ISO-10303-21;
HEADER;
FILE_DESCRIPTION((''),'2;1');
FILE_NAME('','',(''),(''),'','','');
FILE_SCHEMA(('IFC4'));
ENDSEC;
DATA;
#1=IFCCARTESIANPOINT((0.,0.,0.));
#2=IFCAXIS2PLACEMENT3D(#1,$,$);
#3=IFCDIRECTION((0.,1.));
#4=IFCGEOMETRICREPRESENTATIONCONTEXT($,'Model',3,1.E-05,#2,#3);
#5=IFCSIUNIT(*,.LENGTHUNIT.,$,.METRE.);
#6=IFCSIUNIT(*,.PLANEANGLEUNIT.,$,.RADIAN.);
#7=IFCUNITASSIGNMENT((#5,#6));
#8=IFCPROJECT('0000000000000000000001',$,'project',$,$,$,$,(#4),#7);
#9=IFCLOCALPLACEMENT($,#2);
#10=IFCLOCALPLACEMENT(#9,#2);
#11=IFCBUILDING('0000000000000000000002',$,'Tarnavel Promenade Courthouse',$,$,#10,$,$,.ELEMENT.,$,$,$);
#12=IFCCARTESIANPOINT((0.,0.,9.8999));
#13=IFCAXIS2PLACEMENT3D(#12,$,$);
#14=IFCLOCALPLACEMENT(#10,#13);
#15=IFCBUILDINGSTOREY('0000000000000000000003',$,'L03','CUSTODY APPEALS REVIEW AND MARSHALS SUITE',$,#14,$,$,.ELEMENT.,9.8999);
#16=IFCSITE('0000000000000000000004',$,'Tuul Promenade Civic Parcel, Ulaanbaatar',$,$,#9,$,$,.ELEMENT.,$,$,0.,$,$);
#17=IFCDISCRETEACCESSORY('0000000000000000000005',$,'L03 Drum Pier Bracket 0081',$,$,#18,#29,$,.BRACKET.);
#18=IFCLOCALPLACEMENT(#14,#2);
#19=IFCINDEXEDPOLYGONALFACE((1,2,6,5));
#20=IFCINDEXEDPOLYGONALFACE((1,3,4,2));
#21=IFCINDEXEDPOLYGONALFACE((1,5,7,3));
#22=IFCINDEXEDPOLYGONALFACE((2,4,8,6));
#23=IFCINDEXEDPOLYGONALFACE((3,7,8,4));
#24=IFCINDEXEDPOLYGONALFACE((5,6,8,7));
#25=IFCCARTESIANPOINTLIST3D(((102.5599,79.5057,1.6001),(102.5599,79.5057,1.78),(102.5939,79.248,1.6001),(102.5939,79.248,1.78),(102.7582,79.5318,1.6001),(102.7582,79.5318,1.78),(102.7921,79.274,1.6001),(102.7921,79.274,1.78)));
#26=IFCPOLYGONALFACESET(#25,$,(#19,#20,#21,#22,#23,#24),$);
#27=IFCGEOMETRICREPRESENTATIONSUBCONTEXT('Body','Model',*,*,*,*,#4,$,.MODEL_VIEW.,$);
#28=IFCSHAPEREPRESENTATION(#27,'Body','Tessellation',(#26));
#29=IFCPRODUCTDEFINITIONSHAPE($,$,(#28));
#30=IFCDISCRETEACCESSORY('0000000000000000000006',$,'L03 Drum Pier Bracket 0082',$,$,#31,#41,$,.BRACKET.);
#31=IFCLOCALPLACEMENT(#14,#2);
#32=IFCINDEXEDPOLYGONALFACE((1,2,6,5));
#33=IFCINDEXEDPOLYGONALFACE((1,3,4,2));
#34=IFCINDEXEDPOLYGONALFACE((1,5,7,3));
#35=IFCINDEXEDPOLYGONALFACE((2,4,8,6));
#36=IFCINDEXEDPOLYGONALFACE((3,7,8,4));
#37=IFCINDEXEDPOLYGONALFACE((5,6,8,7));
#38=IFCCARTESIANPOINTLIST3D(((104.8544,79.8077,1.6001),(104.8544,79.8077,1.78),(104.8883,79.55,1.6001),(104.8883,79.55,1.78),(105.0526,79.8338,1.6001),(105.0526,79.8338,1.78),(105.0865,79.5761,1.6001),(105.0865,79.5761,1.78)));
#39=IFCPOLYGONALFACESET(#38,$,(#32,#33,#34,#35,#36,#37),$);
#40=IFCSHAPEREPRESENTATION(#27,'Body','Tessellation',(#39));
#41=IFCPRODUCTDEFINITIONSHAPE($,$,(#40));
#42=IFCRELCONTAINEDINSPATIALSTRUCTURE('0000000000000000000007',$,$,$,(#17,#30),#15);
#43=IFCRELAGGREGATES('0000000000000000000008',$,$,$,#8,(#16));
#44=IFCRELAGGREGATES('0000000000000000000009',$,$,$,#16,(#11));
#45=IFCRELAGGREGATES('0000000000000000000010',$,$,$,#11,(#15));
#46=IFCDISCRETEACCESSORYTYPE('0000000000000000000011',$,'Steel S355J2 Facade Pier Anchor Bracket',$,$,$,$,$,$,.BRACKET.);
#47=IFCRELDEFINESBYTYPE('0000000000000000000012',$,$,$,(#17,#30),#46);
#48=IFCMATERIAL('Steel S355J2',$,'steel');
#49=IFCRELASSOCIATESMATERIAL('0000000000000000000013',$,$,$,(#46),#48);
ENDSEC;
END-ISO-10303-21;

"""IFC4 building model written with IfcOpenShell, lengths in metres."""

from ifc_helpers import new_model, si_unit, direction, frame, origin, origin_2d, place, context, subcontext, project, spatial, rectangle, extrude, material, type_object, element, save


model = new_model("IFC4")

# Units and contexts
model_context = context("Model", 3, precision=1e-05, world=origin(), true_north=direction((0.0, 1.0)))
body_context = subcontext(model_context, "Body", "Model", "MODEL_VIEW")
ifc_project = project(units=[si_unit("LENGTHUNIT", "METRE"), si_unit("PLANEANGLEUNIT", "RADIAN")], contexts=[model_context])

# Site, building, storey
site_placement = place(None, origin())
site = spatial("IfcSite", under=ifc_project, at=site_placement, Name="Tuul Promenade Civic Parcel, Ulaanbaatar", CompositionType="ELEMENT", RefElevation=0.0)
building_placement = place(site_placement, origin())
building = spatial("IfcBuilding", under=site, at=building_placement, Name="Tarnavel Promenade Courthouse", CompositionType="ELEMENT")
storey_placement = place(building_placement, frame((0.0, 0.0, 9.8999)))
storey = spatial("IfcBuildingStorey", under=building, at=storey_placement, Name="L03", Description="CUSTODY APPEALS REVIEW AND MARSHALS SUITE", CompositionType="ELEMENT", Elevation=9.8999)

# Shared definitions
ifc_material_1 = material(Name="Steel S355J2", Category="steel")

# Discrete accessories
discrete_accessory_type = type_object("IfcDiscreteAccessoryType", Name="Steel S355J2 Facade Pier Anchor Bracket", PredefinedType="BRACKET", material=ifc_material_1)
for number, where, z_axis, x_axis, name in (
    (1, (102.676, 79.3899, 1.6001), (0.0, 0.0, 1.0), (0.991445, 0.130526, 0.0), "L03 Drum Pier Bracket 0081"),
    (2, (104.9705, 79.6919, 1.6001), (0.0, 0.0, 1.0), (0.991445, 0.130526, 0.0), "L03 Drum Pier Bracket 0082"),
):
    element("IfcDiscreteAccessory", number, at=place(storey_placement, frame(where, z_axis=z_axis, x_axis=x_axis)), inside=storey, type_object=discrete_accessory_type, Name=name, PredefinedType="BRACKET", context=body_context, shape_type="SweptSolid", body=[
        extrude(rectangle(XDim=0.2, YDim=0.26, at=origin_2d()), origin(), (0.0, 0.0, 1.0), 0.1799),
    ])

save(model, "model.ifc")
